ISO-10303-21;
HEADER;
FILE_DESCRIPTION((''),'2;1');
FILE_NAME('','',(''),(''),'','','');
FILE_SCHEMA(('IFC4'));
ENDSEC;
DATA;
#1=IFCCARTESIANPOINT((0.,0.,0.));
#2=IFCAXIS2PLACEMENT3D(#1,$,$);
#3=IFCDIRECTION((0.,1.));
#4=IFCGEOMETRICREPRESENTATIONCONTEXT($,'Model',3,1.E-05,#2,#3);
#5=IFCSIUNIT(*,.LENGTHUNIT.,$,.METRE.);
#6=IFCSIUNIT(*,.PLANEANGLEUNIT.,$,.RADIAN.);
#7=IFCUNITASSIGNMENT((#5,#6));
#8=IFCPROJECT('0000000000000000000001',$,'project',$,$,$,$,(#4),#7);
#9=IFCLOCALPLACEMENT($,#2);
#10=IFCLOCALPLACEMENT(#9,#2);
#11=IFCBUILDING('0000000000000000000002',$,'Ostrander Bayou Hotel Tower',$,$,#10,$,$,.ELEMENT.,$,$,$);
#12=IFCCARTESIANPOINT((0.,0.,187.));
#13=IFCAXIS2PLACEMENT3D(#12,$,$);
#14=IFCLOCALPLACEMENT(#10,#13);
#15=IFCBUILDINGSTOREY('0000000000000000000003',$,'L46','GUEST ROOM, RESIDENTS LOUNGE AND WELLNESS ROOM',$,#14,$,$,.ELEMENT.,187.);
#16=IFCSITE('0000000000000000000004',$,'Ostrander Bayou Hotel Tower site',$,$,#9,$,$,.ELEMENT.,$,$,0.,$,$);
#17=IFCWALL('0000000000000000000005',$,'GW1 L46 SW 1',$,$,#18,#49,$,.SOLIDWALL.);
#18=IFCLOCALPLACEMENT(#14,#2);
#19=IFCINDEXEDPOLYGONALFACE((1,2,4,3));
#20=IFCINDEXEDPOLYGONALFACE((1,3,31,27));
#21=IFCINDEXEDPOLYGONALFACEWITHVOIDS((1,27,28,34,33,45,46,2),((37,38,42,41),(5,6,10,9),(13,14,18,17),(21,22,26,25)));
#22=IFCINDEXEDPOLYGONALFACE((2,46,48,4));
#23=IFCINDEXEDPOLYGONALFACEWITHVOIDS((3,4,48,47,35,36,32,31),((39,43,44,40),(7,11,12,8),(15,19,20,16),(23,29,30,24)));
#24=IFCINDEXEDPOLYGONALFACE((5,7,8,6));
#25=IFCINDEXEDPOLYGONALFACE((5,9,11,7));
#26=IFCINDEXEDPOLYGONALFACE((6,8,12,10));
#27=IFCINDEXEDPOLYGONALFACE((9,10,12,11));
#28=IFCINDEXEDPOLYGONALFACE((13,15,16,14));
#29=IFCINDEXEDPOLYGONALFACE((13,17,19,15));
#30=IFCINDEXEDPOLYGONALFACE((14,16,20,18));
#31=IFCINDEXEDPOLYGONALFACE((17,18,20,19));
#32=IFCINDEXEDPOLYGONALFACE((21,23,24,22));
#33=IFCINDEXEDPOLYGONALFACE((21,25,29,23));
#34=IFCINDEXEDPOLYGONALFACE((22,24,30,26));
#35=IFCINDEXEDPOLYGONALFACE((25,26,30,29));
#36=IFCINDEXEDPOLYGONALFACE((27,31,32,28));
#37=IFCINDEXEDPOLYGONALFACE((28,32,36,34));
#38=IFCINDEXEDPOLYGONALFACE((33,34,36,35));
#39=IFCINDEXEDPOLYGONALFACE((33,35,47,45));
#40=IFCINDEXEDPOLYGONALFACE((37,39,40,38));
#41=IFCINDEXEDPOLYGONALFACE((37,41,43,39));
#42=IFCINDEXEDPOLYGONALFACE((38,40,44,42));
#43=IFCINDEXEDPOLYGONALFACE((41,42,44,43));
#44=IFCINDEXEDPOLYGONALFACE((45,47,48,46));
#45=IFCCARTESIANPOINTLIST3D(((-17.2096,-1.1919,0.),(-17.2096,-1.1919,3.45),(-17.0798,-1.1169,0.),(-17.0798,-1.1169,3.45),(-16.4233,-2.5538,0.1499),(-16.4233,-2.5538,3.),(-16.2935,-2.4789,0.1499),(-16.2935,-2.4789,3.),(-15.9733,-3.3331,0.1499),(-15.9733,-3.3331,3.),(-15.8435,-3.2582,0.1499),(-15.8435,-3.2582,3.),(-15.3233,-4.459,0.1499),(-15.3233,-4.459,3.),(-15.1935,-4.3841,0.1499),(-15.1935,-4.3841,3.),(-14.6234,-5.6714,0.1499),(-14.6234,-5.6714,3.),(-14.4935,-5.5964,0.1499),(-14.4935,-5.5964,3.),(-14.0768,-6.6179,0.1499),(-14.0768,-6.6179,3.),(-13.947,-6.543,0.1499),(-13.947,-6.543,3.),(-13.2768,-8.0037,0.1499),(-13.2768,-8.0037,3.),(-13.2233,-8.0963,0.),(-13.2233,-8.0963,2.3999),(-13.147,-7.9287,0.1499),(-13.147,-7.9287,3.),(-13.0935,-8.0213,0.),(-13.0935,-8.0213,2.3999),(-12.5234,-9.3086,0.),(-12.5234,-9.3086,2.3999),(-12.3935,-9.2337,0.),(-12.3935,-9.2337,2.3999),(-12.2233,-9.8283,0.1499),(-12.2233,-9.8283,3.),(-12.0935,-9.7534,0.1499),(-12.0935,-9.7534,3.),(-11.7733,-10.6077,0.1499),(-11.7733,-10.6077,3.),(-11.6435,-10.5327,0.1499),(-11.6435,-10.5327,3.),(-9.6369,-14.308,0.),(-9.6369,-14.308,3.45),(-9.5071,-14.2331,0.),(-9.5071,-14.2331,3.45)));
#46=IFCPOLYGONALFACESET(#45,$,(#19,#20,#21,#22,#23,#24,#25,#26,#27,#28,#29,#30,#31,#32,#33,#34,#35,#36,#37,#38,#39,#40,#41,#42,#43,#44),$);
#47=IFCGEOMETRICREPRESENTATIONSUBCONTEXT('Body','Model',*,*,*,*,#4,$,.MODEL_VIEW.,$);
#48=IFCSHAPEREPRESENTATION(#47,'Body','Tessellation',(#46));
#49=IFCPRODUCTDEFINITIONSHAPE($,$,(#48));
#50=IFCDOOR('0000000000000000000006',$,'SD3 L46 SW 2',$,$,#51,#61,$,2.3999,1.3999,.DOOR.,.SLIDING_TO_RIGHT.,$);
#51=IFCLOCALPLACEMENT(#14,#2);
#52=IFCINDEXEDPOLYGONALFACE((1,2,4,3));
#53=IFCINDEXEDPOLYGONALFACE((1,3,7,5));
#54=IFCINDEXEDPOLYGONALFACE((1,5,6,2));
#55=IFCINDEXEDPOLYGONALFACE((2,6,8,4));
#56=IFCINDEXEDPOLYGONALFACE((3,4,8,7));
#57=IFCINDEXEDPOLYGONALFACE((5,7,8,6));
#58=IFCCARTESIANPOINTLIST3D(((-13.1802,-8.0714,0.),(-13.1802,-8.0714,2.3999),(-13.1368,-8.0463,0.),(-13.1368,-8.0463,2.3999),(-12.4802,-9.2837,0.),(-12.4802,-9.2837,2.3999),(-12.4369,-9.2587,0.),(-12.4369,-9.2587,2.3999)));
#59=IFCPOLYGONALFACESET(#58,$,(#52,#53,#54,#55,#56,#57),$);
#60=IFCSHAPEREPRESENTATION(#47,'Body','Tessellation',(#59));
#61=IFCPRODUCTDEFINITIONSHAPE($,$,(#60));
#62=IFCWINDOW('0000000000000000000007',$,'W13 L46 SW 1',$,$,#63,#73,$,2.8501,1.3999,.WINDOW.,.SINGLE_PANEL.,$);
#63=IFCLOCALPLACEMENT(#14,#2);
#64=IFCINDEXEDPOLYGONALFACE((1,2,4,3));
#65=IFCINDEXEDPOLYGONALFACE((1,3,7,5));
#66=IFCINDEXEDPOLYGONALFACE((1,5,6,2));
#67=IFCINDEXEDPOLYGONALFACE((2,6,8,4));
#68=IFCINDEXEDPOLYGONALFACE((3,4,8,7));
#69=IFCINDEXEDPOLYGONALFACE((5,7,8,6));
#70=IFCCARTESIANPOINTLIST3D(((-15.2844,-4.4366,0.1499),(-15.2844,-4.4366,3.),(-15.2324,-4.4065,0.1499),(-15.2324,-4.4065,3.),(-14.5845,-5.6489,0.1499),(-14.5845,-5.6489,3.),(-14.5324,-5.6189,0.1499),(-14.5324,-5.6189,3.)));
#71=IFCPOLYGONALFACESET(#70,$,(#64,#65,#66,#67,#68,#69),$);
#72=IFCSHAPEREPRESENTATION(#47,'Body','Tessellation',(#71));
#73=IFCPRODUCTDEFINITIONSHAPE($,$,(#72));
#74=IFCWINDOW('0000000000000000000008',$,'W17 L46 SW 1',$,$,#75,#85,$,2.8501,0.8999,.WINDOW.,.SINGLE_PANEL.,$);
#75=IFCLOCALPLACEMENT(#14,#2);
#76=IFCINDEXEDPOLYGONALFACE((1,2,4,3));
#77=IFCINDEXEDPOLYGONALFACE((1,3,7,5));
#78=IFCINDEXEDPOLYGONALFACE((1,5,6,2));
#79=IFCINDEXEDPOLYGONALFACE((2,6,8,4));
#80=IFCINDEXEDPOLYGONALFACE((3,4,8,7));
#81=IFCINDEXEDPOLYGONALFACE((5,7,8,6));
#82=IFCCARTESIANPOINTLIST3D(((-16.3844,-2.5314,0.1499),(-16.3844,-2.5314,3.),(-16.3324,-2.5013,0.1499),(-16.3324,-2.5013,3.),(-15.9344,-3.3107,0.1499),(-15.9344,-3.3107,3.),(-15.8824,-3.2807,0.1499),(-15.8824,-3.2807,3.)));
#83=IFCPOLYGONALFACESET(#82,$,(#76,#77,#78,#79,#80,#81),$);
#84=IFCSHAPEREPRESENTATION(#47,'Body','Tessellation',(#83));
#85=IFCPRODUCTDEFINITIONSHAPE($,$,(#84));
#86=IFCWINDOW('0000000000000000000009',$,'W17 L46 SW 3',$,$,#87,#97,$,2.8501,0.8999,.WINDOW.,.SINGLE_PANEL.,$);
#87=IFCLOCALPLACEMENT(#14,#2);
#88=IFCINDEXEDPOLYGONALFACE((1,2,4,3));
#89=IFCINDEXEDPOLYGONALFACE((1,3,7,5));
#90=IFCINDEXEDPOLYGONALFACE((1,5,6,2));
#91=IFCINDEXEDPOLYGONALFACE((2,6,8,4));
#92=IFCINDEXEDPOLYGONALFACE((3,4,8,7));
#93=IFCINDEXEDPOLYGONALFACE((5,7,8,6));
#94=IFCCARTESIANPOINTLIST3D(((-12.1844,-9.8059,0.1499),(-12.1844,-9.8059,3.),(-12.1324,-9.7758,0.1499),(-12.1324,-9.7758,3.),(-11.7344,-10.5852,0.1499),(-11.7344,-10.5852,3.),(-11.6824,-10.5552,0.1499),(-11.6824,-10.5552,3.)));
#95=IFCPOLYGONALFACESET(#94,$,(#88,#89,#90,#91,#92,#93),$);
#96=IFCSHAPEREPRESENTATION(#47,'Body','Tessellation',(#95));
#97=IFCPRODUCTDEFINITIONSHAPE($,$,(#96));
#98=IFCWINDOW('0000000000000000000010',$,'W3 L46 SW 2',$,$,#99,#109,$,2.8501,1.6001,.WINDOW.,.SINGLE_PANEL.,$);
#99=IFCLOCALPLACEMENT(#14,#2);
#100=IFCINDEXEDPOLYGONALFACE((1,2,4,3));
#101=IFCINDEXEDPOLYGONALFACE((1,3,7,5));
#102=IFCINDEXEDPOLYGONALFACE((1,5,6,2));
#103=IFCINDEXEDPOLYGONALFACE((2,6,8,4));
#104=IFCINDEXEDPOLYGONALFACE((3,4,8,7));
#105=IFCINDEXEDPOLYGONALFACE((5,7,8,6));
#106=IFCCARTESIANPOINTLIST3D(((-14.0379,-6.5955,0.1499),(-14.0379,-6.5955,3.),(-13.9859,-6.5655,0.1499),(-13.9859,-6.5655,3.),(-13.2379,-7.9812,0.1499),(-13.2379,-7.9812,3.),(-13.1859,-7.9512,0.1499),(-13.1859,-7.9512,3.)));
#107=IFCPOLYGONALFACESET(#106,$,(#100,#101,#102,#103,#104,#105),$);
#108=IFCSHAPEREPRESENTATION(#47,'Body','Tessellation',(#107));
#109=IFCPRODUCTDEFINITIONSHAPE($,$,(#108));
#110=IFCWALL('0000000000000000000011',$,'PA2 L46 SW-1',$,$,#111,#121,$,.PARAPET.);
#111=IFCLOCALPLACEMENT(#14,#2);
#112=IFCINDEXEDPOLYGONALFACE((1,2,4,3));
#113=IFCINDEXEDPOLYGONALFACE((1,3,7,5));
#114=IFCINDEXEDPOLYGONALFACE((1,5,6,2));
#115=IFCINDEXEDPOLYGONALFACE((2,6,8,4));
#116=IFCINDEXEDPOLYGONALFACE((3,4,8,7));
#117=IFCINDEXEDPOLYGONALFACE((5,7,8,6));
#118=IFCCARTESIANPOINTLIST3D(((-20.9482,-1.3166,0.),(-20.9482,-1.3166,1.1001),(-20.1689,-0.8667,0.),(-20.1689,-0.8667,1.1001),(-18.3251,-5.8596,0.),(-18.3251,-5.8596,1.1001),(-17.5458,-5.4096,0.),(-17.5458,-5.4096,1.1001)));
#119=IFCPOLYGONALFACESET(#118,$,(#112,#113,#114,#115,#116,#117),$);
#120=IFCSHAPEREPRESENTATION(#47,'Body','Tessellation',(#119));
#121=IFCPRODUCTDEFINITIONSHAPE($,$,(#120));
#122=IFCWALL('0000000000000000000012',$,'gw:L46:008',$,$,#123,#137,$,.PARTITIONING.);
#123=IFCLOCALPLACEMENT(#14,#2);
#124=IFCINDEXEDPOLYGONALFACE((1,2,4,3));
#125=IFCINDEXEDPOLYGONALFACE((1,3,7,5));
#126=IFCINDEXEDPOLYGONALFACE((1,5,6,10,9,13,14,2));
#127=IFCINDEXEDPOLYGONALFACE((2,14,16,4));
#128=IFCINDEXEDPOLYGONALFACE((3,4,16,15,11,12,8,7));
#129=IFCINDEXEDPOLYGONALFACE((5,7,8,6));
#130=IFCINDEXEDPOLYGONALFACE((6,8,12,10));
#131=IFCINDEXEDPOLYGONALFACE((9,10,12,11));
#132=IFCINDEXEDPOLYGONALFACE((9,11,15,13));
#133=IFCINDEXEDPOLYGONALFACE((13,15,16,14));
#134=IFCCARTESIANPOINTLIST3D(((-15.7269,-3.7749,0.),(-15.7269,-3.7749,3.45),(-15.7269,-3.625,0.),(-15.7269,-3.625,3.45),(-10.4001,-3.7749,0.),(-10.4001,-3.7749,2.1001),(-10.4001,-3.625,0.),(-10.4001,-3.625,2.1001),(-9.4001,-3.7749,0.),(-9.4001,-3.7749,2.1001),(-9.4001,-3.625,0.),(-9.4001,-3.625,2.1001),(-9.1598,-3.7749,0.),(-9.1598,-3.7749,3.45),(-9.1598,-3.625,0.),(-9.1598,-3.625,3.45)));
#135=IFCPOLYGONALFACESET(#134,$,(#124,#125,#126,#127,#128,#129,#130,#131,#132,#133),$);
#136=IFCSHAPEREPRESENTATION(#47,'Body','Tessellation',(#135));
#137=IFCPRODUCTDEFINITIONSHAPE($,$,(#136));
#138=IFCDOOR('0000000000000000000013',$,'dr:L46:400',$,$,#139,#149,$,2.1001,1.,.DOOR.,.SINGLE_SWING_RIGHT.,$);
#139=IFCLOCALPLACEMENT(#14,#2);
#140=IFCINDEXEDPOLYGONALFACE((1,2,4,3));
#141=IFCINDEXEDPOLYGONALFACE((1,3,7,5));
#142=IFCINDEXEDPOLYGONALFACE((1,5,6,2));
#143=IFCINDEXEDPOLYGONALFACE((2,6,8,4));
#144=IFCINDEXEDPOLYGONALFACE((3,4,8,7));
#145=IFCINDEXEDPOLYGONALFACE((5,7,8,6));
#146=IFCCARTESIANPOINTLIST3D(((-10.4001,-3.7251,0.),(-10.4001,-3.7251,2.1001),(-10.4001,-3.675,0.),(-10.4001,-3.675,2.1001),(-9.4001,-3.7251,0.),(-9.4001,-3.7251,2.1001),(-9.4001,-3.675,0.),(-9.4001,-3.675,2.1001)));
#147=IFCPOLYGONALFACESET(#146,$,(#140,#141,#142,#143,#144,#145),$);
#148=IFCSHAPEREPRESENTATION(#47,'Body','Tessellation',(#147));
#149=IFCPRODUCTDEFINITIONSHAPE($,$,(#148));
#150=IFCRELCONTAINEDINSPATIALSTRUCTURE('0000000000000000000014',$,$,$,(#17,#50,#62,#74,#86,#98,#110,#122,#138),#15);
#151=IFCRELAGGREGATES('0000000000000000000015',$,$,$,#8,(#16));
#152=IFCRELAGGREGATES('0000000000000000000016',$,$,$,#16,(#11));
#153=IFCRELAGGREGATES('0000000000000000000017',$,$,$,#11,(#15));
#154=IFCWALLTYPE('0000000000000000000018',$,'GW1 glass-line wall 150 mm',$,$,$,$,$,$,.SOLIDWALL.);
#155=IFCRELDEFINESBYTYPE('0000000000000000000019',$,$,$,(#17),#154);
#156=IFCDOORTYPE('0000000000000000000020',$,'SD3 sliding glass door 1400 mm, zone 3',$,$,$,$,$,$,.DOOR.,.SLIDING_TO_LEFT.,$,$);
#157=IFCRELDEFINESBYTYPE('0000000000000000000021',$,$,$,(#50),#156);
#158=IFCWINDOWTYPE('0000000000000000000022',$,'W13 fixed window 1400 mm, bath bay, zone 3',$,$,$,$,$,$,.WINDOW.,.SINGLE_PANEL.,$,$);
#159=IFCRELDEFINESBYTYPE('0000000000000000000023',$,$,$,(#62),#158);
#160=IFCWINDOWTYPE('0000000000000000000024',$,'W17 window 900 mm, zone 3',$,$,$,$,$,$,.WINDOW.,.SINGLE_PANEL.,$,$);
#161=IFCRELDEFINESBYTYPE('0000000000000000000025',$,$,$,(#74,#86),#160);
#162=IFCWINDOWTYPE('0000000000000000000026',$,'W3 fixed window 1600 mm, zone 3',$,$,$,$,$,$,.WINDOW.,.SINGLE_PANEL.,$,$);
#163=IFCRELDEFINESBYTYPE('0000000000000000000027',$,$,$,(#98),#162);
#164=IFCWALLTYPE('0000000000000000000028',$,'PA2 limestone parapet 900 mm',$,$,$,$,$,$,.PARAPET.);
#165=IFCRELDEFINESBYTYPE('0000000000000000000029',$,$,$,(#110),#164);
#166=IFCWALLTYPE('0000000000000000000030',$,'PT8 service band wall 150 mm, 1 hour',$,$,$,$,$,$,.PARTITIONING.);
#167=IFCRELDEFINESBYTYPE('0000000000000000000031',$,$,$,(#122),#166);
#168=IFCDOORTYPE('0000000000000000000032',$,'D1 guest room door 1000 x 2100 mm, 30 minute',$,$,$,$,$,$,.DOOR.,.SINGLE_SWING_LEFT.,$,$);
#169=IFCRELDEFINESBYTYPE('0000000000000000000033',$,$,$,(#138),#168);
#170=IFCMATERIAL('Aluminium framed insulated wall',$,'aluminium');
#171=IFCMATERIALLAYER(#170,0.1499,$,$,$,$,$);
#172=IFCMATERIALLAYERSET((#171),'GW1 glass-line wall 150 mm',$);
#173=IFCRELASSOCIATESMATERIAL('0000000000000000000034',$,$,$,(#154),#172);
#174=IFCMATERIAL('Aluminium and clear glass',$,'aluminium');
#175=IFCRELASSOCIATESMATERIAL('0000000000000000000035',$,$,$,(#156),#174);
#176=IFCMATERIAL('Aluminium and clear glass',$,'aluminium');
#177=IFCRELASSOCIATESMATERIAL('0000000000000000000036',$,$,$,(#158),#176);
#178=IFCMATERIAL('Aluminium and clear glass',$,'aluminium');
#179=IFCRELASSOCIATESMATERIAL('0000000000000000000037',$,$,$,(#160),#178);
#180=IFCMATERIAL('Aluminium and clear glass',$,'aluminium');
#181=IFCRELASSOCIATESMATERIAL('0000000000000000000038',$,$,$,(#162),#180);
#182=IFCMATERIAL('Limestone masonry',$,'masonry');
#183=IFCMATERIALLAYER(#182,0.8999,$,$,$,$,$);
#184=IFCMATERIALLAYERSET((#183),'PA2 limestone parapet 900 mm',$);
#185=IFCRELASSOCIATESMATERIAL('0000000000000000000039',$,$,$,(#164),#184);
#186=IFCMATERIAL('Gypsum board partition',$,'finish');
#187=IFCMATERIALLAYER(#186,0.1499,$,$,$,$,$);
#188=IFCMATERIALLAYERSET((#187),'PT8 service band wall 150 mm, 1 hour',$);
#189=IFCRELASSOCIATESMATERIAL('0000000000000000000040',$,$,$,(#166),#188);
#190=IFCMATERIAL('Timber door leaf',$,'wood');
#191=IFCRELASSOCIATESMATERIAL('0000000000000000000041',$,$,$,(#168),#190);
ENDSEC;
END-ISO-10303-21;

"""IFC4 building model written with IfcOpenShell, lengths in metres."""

from ifc_helpers import new_model, si_unit, direction, frame, frame_2d, origin, place, context, subcontext, project, spatial, rectangle, extrude, material, layer, layer_set, type_object, element, fill, save


model = new_model("IFC4")

# Units and contexts
model_context = context("Model", 3, precision=1e-05, world=origin(), true_north=direction((0.0, 1.0)))
body_context = subcontext(model_context, "Body", "Model", "MODEL_VIEW")
ifc_project = project(units=[si_unit("LENGTHUNIT", "METRE"), si_unit("PLANEANGLEUNIT", "RADIAN")], contexts=[model_context])

# Site, building, storey
site_placement = place(None, origin())
site = spatial("IfcSite", under=ifc_project, at=site_placement, Name="Ostrander Bayou Hotel Tower site", CompositionType="ELEMENT", RefElevation=0.0)
building_placement = place(site_placement, origin())
building = spatial("IfcBuilding", under=site, at=building_placement, Name="Ostrander Bayou Hotel Tower", CompositionType="ELEMENT")
storey_placement = place(building_placement, frame((0.0, 0.0, 187.0)))
storey = spatial("IfcBuildingStorey", under=building, at=storey_placement, Name="L46", Description="GUEST ROOM, RESIDENTS LOUNGE AND WELLNESS ROOM", CompositionType="ELEMENT", Elevation=187.0)

# Wall, openings, door, windows
ifc_material_1 = material(Name="Aluminium framed insulated wall", Category="aluminium")
ifc_layer_1 = layer(ifc_material_1, 0.1499)
ifc_layer_set_1 = layer_set([ifc_layer_1], Name="GW1 glass-line wall 150 mm")
wall_type_1 = type_object("IfcWallType", Name="GW1 glass-line wall 150 mm", PredefinedType="SOLIDWALL", material=ifc_layer_set_1)
wall_1_placement = place(storey_placement, frame((-17.1448, -1.1543, 0.0), z_axis=(0.0, 0.0, 1.0), x_axis=(0.500005, -0.866022, 0.0)))
wall_1 = element("IfcWall", 1, at=wall_1_placement, inside=storey, type_object=wall_type_1, Name="GW1 L46 SW 1", PredefinedType="SOLIDWALL", context=body_context, shape_type="SweptSolid", body=[
    extrude(rectangle(XDim=15.1453, YDim=0.1499, at=frame_2d((7.5728, 0.0))), origin(), (0.0, 0.0, 1.0), 3.45),
])
opening_1_placement = place(wall_1_placement, frame((1.5728, 0.0, 0.1499)))
opening_1 = element("IfcOpeningElement", 2, at=opening_1_placement, cuts=wall_1, PredefinedType="OPENING", context=body_context, shape_type="SweptSolid", body=[
    extrude(rectangle(XDim=0.8999, YDim=2.8501, at=frame_2d((0.45, 1.425))), frame((0.0, 0.075, 0.0), z_axis=(0.0, -1.0, 0.0), x_axis=(1.0, 0.0, 0.0)), (0.0, 0.0, 1.0), 0.1499),
])
opening_2_placement = place(wall_1_placement, frame((3.7727, 0.0, 0.1499)))
opening_2 = element("IfcOpeningElement", 3, at=opening_2_placement, cuts=wall_1, PredefinedType="OPENING", context=body_context, shape_type="SweptSolid", body=[
    extrude(rectangle(XDim=1.3999, YDim=2.8501, at=frame_2d((0.7, 1.425))), frame((0.0, 0.075, 0.0), z_axis=(0.0, -1.0, 0.0), x_axis=(1.0, 0.0, 0.0)), (0.0, 0.0, 1.0), 0.1499),
])
opening_3_placement = place(wall_1_placement, frame((6.2656, 0.0, 0.1499)))
opening_3 = element("IfcOpeningElement", 4, at=opening_3_placement, cuts=wall_1, PredefinedType="OPENING", context=body_context, shape_type="SweptSolid", body=[
    extrude(rectangle(XDim=1.6001, YDim=2.8501, at=frame_2d((0.8, 1.425))), frame((0.0, 0.075, 0.0), z_axis=(0.0, -1.0, 0.0), x_axis=(1.0, 0.0, 0.0)), (0.0, 0.0, 1.0), 0.1499),
])
opening_4_placement = place(wall_1_placement, frame((7.9727, 0.0, 0.0)))
opening_4 = element("IfcOpeningElement", 5, at=opening_4_placement, cuts=wall_1, PredefinedType="OPENING", context=body_context, shape_type="SweptSolid", body=[
    extrude(rectangle(XDim=1.3999, YDim=2.3999, at=frame_2d((0.7, 1.2))), frame((0.0, 0.075, 0.0), z_axis=(0.0, -1.0, 0.0), x_axis=(1.0, 0.0, 0.0)), (0.0, 0.0, 1.0), 0.1499),
])
opening_5_placement = place(wall_1_placement, frame((9.9727, 0.0, 0.1499)))
opening_5 = element("IfcOpeningElement", 6, at=opening_5_placement, cuts=wall_1, PredefinedType="OPENING", context=body_context, shape_type="SweptSolid", body=[
    extrude(rectangle(XDim=0.8999, YDim=2.8501, at=frame_2d((0.45, 1.425))), frame((0.0, 0.075, 0.0), z_axis=(0.0, -1.0, 0.0), x_axis=(1.0, 0.0, 0.0)), (0.0, 0.0, 1.0), 0.1499),
])
ifc_material_2 = material(Name="Aluminium and clear glass", Category="aluminium")
door_type_1 = type_object("IfcDoorType", Name="SD3 sliding glass door 1400 mm, zone 3", OperationType="SLIDING_TO_LEFT", PredefinedType="DOOR", material=ifc_material_2)
door_1_placement = place(opening_4_placement, origin())
door_1 = element("IfcDoor", 7, at=door_1_placement, inside=storey, type_object=door_type_1, Name="SD3 L46 SW 2", OperationType="SLIDING_TO_RIGHT", OverallHeight=2.3999, OverallWidth=1.3999, PredefinedType="DOOR", context=body_context, shape_type="SweptSolid", body=[
    extrude(rectangle(XDim=1.3999, YDim=2.3999, at=frame_2d((0.7, 1.2))), frame((0.0, 0.0249, 0.0), z_axis=(0.0, -1.0, 0.0), x_axis=(1.0, 0.0, 0.0)), (0.0, 0.0, 1.0), 0.05),
])
fill(opening_4, door_1)
ifc_material_3 = material(Name="Aluminium and clear glass", Category="aluminium")
window_type_1 = type_object("IfcWindowType", Name="W13 fixed window 1400 mm, bath bay, zone 3", PartitioningType="SINGLE_PANEL", PredefinedType="WINDOW", material=ifc_material_3)
window_1_placement = place(opening_2_placement, origin())
window_1 = element("IfcWindow", 8, at=window_1_placement, inside=storey, type_object=window_type_1, Name="W13 L46 SW 1", OverallHeight=2.8501, OverallWidth=1.3999, PartitioningType="SINGLE_PANEL", PredefinedType="WINDOW", context=body_context, shape_type="SweptSolid", body=[
    extrude(rectangle(XDim=1.3999, YDim=2.8501, at=frame_2d((0.7, 1.425))), frame((0.0, 0.03, 0.0), z_axis=(0.0, -1.0, 0.0), x_axis=(1.0, 0.0, 0.0)), (0.0, 0.0, 1.0), 0.0601),
])
fill(opening_2, window_1)
ifc_material_4 = material(Name="Aluminium and clear glass", Category="aluminium")
window_type_2 = type_object("IfcWindowType", Name="W17 window 900 mm, zone 3", PartitioningType="SINGLE_PANEL", PredefinedType="WINDOW", material=ifc_material_4)
window_2_placement = place(opening_1_placement, origin())
window_2 = element("IfcWindow", 9, at=window_2_placement, inside=storey, type_object=window_type_2, Name="W17 L46 SW 1", OverallHeight=2.8501, OverallWidth=0.8999, PartitioningType="SINGLE_PANEL", PredefinedType="WINDOW", context=body_context, shape_type="SweptSolid", body=[
    extrude(rectangle(XDim=0.8999, YDim=2.8501, at=frame_2d((0.45, 1.425))), frame((0.0, 0.03, 0.0), z_axis=(0.0, -1.0, 0.0), x_axis=(1.0, 0.0, 0.0)), (0.0, 0.0, 1.0), 0.0601),
])
fill(opening_1, window_2)
window_3_placement = place(opening_5_placement, origin())
window_3 = element("IfcWindow", 10, at=window_3_placement, inside=storey, type_object=window_type_2, Name="W17 L46 SW 3", OverallHeight=2.8501, OverallWidth=0.8999, PartitioningType="SINGLE_PANEL", PredefinedType="WINDOW", context=body_context, shape_type="SweptSolid", body=[
    extrude(rectangle(XDim=0.8999, YDim=2.8501, at=frame_2d((0.45, 1.425))), frame((0.0, 0.03, 0.0), z_axis=(0.0, -1.0, 0.0), x_axis=(1.0, 0.0, 0.0)), (0.0, 0.0, 1.0), 0.0601),
])
fill(opening_5, window_3)
ifc_material_5 = material(Name="Aluminium and clear glass", Category="aluminium")
window_type_3 = type_object("IfcWindowType", Name="W3 fixed window 1600 mm, zone 3", PartitioningType="SINGLE_PANEL", PredefinedType="WINDOW", material=ifc_material_5)
window_4_placement = place(opening_3_placement, origin())
window_4 = element("IfcWindow", 11, at=window_4_placement, inside=storey, type_object=window_type_3, Name="W3 L46 SW 2", OverallHeight=2.8501, OverallWidth=1.6001, PartitioningType="SINGLE_PANEL", PredefinedType="WINDOW", context=body_context, shape_type="SweptSolid", body=[
    extrude(rectangle(XDim=1.6001, YDim=2.8501, at=frame_2d((0.8, 1.425))), frame((0.0, 0.03, 0.0), z_axis=(0.0, -1.0, 0.0), x_axis=(1.0, 0.0, 0.0)), (0.0, 0.0, 1.0), 0.0601),
])
fill(opening_3, window_4)

# Wall
ifc_material_6 = material(Name="Limestone masonry", Category="masonry")
ifc_layer_2 = layer(ifc_material_6, 0.8999)
ifc_layer_set_2 = layer_set([ifc_layer_2], Name="PA2 limestone parapet 900 mm")
wall_type_2 = type_object("IfcWallType", Name="PA2 limestone parapet 900 mm", PredefinedType="PARAPET", material=ifc_layer_set_2)
wall_2_placement = place(storey_placement, frame((-20.5586, -1.0916, 0.0), z_axis=(0.0, 0.0, 1.0), x_axis=(0.500023, -0.866012, 0.0)))
element("IfcWall", 12, at=wall_2_placement, inside=storey, type_object=wall_type_2, Name="PA2 L46 SW-1", PredefinedType="PARAPET", context=body_context, shape_type="SweptSolid", body=[
    extrude(rectangle(XDim=5.2458, YDim=0.8999, at=frame_2d((2.623, 0.0))), origin(), (0.0, 0.0, 1.0), 1.1001),
])

# Wall, opening, door
ifc_material_7 = material(Name="Gypsum board partition", Category="finish")
ifc_layer_3 = layer(ifc_material_7, 0.1499)
ifc_layer_set_3 = layer_set([ifc_layer_3], Name="PT8 service band wall 150 mm, 1 hour")
wall_type_3 = type_object("IfcWallType", Name="PT8 service band wall 150 mm, 1 hour", PredefinedType="PARTITIONING", material=ifc_layer_set_3)
wall_3_placement = place(storey_placement, frame((-15.7271, -3.7, 0.0), z_axis=(0.0, 0.0, 1.0), x_axis=(1.0, 0.0, 0.0)))
wall_3 = element("IfcWall", 13, at=wall_3_placement, inside=storey, type_object=wall_type_3, Name="gw:L46:008", PredefinedType="PARTITIONING", context=body_context, shape_type="SweptSolid", body=[
    extrude(rectangle(XDim=6.5671, YDim=0.1499, at=frame_2d((3.2837, 0.0))), origin(), (0.0, 0.0, 1.0), 3.45),
])
opening_6_placement = place(wall_3_placement, frame((5.3269, 0.0, 0.0)))
opening_6 = element("IfcOpeningElement", 14, at=opening_6_placement, cuts=wall_3, PredefinedType="OPENING", context=body_context, shape_type="SweptSolid", body=[
    extrude(rectangle(XDim=1.0, YDim=2.1001, at=frame_2d((0.5, 1.05))), frame((0.0, 0.075, 0.0), z_axis=(0.0, -1.0, 0.0), x_axis=(1.0, 0.0, 0.0)), (0.0, 0.0, 1.0), 0.1499),
])
ifc_material_8 = material(Name="Timber door leaf", Category="wood")
door_type_2 = type_object("IfcDoorType", Name="D1 guest room door 1000 x 2100 mm, 30 minute", OperationType="SINGLE_SWING_LEFT", PredefinedType="DOOR", material=ifc_material_8)
door_2_placement = place(opening_6_placement, origin())
door_2 = element("IfcDoor", 15, at=door_2_placement, inside=storey, type_object=door_type_2, Name="dr:L46:400", OperationType="SINGLE_SWING_RIGHT", OverallHeight=2.1001, OverallWidth=1.0, PredefinedType="DOOR", context=body_context, shape_type="SweptSolid", body=[
    extrude(rectangle(XDim=1.0, YDim=2.1001, at=frame_2d((0.5, 1.05))), frame((0.0, 0.0249, 0.0), z_axis=(0.0, -1.0, 0.0), x_axis=(1.0, 0.0, 0.0)), (0.0, 0.0, 1.0), 0.05),
])
fill(opening_6, door_2)

save(model, "model.ifc")
